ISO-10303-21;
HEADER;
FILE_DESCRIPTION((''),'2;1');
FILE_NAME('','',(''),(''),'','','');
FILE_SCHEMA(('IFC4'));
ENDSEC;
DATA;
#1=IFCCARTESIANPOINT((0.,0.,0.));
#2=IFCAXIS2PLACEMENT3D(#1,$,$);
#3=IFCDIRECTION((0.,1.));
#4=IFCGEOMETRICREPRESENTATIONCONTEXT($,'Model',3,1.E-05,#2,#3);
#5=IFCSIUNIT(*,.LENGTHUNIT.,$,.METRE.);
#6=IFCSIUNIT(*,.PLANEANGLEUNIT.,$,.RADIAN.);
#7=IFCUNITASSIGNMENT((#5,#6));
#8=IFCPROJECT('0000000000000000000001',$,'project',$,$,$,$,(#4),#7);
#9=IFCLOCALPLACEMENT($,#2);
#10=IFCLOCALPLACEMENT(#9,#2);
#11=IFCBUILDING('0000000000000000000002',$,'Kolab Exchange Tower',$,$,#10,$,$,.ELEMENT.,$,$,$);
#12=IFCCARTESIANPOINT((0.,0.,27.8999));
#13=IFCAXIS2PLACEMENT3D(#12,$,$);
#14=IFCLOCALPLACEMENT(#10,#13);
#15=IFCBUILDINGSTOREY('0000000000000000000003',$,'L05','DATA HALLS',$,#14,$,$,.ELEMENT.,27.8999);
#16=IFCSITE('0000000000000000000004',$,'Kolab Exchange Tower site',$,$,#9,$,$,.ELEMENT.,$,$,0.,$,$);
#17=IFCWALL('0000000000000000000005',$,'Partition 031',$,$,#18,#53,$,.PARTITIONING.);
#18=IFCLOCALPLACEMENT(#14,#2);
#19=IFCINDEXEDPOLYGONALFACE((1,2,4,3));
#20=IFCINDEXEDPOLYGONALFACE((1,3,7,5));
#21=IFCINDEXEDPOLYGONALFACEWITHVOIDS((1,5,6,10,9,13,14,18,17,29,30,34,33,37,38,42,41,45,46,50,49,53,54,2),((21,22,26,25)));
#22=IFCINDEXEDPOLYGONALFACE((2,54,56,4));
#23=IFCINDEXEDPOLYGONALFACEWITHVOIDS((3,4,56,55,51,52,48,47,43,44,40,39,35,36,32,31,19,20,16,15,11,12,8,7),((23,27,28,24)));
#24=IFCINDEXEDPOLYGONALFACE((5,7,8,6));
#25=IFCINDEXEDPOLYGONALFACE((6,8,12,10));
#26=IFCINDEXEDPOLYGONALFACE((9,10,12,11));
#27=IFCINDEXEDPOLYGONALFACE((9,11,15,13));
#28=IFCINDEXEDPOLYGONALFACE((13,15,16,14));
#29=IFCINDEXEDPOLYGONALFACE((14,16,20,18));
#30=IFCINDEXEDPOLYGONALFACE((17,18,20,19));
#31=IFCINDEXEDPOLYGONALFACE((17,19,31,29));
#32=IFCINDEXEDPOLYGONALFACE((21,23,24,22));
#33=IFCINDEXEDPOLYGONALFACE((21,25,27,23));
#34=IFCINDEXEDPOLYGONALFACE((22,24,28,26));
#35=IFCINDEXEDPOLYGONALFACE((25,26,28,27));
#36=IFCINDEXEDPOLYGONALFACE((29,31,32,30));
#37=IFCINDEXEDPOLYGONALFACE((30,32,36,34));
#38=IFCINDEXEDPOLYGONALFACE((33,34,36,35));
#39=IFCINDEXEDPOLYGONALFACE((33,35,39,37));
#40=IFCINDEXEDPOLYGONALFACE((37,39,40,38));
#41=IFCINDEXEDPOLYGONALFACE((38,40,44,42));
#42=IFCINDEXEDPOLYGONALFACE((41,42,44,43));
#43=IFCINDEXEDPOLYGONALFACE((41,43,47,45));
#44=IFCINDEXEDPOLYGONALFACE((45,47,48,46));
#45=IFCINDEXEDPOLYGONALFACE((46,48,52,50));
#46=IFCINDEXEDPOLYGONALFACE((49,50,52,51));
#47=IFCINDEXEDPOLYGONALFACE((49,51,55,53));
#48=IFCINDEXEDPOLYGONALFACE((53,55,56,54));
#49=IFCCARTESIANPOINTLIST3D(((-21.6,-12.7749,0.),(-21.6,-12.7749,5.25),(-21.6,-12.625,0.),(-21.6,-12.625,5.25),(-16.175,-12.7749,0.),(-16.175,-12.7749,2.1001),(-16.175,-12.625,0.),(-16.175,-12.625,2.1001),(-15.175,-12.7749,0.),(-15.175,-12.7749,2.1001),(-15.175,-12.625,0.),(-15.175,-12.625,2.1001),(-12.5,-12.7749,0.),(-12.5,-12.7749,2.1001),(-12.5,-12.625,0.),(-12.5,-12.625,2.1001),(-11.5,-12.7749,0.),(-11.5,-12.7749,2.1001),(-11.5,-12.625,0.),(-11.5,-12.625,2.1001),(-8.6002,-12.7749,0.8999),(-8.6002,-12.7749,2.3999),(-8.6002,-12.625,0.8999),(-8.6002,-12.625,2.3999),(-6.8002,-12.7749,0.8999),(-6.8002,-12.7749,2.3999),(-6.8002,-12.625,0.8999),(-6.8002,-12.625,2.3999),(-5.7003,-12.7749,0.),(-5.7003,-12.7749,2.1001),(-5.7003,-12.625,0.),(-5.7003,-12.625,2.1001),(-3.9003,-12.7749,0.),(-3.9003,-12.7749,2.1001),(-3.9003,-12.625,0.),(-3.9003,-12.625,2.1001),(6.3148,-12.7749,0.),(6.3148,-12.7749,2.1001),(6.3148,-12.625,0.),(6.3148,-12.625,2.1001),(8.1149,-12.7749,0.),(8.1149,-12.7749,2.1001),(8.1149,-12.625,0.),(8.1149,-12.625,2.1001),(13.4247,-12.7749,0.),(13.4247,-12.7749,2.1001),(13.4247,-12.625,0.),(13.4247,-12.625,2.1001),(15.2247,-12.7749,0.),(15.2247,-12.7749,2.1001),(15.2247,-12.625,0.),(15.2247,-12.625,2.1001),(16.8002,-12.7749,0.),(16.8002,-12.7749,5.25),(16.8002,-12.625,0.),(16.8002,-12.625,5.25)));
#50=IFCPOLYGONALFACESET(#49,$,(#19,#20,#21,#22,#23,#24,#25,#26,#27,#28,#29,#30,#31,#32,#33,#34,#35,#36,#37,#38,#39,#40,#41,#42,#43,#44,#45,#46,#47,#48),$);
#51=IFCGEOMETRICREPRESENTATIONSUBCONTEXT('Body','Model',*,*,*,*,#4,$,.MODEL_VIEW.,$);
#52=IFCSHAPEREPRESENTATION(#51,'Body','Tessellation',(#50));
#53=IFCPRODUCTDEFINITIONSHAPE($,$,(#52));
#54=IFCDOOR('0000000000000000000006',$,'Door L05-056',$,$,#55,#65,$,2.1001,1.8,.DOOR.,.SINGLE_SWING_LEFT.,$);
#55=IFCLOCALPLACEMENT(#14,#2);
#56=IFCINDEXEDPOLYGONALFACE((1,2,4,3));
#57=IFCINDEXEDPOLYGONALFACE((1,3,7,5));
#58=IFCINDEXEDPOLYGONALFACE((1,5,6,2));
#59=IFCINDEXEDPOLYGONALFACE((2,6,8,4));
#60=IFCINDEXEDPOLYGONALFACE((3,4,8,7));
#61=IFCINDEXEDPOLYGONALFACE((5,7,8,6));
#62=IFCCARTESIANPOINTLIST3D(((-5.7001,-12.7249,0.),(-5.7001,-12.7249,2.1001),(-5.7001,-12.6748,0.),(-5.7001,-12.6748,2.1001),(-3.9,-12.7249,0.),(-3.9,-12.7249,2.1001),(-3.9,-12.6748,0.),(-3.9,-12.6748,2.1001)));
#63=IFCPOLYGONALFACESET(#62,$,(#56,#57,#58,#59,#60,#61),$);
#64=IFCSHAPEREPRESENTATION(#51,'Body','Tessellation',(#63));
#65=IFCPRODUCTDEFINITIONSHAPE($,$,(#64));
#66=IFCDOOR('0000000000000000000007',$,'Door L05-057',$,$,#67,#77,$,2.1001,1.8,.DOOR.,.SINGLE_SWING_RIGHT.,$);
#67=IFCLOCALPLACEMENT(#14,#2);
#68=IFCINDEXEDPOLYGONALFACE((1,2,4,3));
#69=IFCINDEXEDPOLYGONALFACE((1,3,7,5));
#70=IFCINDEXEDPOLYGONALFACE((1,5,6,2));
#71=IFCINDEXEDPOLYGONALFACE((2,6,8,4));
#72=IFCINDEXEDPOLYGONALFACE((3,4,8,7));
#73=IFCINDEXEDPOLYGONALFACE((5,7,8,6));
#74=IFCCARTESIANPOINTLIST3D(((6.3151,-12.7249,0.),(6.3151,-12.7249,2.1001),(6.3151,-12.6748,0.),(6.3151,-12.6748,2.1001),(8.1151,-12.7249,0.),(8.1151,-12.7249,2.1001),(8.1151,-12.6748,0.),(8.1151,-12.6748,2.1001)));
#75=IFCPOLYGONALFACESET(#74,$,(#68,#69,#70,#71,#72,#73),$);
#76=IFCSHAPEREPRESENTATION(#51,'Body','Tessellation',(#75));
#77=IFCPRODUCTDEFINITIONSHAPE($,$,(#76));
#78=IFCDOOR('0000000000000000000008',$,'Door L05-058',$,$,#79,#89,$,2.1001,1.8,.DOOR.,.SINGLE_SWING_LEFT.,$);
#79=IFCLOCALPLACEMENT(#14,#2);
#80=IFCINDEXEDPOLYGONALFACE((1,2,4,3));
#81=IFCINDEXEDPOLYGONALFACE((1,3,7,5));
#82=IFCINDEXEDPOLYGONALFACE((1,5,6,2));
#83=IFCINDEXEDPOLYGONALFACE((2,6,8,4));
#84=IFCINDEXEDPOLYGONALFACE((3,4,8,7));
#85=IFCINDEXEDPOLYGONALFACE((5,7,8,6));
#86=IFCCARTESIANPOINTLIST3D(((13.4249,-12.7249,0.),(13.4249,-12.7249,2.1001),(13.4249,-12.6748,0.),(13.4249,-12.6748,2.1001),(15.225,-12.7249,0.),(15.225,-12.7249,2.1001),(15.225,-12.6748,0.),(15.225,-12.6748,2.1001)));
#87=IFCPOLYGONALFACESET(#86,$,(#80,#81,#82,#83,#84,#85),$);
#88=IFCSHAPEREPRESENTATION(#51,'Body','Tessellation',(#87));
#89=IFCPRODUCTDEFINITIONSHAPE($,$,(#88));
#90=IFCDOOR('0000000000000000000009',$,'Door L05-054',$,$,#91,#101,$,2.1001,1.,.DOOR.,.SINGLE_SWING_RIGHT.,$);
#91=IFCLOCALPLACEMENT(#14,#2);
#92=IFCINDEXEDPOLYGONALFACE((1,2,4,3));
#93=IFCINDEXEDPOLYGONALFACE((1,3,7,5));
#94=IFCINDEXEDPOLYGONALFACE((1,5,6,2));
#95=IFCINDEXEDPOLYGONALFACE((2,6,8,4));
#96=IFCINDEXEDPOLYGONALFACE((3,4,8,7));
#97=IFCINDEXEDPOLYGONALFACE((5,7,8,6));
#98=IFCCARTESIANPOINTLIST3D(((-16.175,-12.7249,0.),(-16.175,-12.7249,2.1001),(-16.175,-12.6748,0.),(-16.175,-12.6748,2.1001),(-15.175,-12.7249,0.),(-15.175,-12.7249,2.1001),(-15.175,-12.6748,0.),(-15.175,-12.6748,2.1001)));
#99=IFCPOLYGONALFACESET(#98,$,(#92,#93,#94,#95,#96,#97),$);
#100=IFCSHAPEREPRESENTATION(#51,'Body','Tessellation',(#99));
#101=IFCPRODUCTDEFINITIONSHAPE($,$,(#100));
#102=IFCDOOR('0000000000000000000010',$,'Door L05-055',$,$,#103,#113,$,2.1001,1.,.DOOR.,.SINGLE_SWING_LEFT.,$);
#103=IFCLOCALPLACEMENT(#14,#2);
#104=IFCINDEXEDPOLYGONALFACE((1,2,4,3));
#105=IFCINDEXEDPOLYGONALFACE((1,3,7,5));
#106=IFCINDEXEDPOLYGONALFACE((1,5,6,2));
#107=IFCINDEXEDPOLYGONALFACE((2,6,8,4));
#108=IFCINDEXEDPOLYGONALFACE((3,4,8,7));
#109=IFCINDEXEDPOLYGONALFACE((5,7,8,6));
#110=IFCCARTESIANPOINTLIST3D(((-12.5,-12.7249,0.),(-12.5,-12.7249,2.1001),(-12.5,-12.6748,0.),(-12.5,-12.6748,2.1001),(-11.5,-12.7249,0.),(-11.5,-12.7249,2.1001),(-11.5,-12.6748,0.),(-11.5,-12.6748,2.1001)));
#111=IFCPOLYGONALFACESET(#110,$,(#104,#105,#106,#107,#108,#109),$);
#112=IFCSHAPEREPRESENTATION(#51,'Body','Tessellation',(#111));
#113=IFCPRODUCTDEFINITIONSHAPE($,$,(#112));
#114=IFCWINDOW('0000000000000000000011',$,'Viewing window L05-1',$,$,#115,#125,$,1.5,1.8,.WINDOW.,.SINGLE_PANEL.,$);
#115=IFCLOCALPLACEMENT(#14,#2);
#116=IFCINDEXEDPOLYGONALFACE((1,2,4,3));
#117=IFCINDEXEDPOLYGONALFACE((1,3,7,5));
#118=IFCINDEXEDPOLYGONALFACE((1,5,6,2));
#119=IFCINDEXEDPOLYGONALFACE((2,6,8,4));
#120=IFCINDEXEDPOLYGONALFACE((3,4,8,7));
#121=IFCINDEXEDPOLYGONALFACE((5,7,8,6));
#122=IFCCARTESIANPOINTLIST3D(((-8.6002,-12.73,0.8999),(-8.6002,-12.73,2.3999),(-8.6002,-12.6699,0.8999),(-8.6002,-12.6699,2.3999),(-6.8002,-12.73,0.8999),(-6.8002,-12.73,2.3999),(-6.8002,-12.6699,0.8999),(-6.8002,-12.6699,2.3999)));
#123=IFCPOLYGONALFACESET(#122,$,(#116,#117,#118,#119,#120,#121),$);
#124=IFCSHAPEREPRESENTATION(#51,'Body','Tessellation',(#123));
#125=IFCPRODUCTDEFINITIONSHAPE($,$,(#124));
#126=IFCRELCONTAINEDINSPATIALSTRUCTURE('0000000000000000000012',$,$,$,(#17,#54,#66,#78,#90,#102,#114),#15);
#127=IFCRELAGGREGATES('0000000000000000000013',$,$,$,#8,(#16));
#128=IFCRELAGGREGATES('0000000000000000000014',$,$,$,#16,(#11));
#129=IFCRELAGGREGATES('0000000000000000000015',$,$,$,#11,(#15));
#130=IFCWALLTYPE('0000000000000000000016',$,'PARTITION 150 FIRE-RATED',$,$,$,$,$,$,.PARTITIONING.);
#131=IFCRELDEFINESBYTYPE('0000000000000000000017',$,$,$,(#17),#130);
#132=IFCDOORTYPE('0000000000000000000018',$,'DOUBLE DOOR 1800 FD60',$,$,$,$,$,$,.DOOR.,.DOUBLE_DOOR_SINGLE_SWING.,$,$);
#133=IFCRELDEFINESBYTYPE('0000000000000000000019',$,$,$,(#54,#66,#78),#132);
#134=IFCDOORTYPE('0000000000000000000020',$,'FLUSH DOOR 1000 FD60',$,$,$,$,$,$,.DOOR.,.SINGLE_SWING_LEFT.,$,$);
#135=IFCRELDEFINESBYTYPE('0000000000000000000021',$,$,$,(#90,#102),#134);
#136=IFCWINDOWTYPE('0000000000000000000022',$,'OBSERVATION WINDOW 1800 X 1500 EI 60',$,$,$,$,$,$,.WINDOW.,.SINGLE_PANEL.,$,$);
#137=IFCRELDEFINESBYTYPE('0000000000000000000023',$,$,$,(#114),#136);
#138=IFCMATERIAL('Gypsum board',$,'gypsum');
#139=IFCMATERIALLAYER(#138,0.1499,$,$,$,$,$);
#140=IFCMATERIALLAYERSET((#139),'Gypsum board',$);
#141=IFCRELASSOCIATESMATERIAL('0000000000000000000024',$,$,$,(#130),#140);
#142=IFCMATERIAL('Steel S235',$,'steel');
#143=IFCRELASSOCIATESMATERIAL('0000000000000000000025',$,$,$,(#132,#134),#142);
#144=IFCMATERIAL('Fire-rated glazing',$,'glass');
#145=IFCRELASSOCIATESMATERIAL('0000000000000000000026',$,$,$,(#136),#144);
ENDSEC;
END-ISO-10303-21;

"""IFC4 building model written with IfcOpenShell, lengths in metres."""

from ifc_helpers import new_model, si_unit, direction, frame, frame_2d, origin, place, context, subcontext, project, spatial, rectangle, extrude, material, layer, layer_set, type_object, element, fill, save


model = new_model("IFC4")

# Units and contexts
model_context = context("Model", 3, precision=1e-05, world=origin(), true_north=direction((0.0, 1.0)))
body_context = subcontext(model_context, "Body", "Model", "MODEL_VIEW")
ifc_project = project(units=[si_unit("LENGTHUNIT", "METRE"), si_unit("PLANEANGLEUNIT", "RADIAN")], contexts=[model_context])

# Site, building, storey
site_placement = place(None, origin())
site = spatial("IfcSite", under=ifc_project, at=site_placement, Name="Kolab Exchange Tower site", CompositionType="ELEMENT", RefElevation=0.0)
building_placement = place(site_placement, origin())
building = spatial("IfcBuilding", under=site, at=building_placement, Name="Kolab Exchange Tower", CompositionType="ELEMENT")
storey_placement = place(building_placement, frame((0.0, 0.0, 27.8999)))
storey = spatial("IfcBuildingStorey", under=building, at=storey_placement, Name="L05", Description="DATA HALLS", CompositionType="ELEMENT", Elevation=27.8999)

# Wall, openings, doors, window
ifc_material_1 = material(Name="Gypsum board", Category="gypsum")
ifc_layer_1 = layer(ifc_material_1, 0.1499)
ifc_layer_set_1 = layer_set([ifc_layer_1], Name="Gypsum board")
wall_type_1 = type_object("IfcWallType", Name="PARTITION 150 FIRE-RATED", PredefinedType="PARTITIONING", material=ifc_layer_set_1)
wall_1_placement = place(storey_placement, frame((-21.6001, -12.7, 0.0), z_axis=(0.0, 0.0, 1.0), x_axis=(1.0, 0.0, 0.0)))
wall_1 = element("IfcWall", 1, at=wall_1_placement, inside=storey, type_object=wall_type_1, Name="Partition 031", PredefinedType="PARTITIONING", context=body_context, shape_type="SweptSolid", body=[
    extrude(rectangle(XDim=38.4001, YDim=0.1499, at=frame_2d((19.2002, 0.0))), origin(), (0.0, 0.0, 1.0), 5.25),
])
opening_1_placement = place(wall_1_placement, frame((5.425, 0.0, 0.0)))
opening_1 = element("IfcOpeningElement", 2, at=opening_1_placement, cuts=wall_1, PredefinedType="OPENING", context=body_context, shape_type="SweptSolid", body=[
    extrude(rectangle(XDim=1.0, YDim=2.1001, at=frame_2d((0.5, 1.05))), frame((0.0, 0.085, 0.0), z_axis=(0.0, -1.0, 0.0), x_axis=(1.0, 0.0, 0.0)), (0.0, 0.0, 1.0), 0.1699),
])
opening_2_placement = place(wall_1_placement, frame((9.1001, 0.0, 0.0)))
opening_2 = element("IfcOpeningElement", 3, at=opening_2_placement, cuts=wall_1, PredefinedType="OPENING", context=body_context, shape_type="SweptSolid", body=[
    extrude(rectangle(XDim=1.0, YDim=2.1001, at=frame_2d((0.5, 1.05))), frame((0.0, 0.085, 0.0), z_axis=(0.0, -1.0, 0.0), x_axis=(1.0, 0.0, 0.0)), (0.0, 0.0, 1.0), 0.1699),
])
opening_3_placement = place(wall_1_placement, frame((15.8999, 0.0, 0.0)))
opening_3 = element("IfcOpeningElement", 4, at=opening_3_placement, cuts=wall_1, PredefinedType="OPENING", context=body_context, shape_type="SweptSolid", body=[
    extrude(rectangle(XDim=1.8, YDim=2.1001, at=frame_2d((0.8999, 1.05))), frame((0.0, 0.085, 0.0), z_axis=(0.0, -1.0, 0.0), x_axis=(1.0, 0.0, 0.0)), (0.0, 0.0, 1.0), 0.1699),
])
opening_4_placement = place(wall_1_placement, frame((27.915, 0.0, 0.0)))
opening_4 = element("IfcOpeningElement", 5, at=opening_4_placement, cuts=wall_1, PredefinedType="OPENING", context=body_context, shape_type="SweptSolid", body=[
    extrude(rectangle(XDim=1.8, YDim=2.1001, at=frame_2d((0.8999, 1.05))), frame((0.0, 0.085, 0.0), z_axis=(0.0, -1.0, 0.0), x_axis=(1.0, 0.0, 0.0)), (0.0, 0.0, 1.0), 0.1699),
])
opening_5_placement = place(wall_1_placement, frame((35.0249, 0.0, 0.0)))
opening_5 = element("IfcOpeningElement", 6, at=opening_5_placement, cuts=wall_1, PredefinedType="OPENING", context=body_context, shape_type="SweptSolid", body=[
    extrude(rectangle(XDim=1.8, YDim=2.1001, at=frame_2d((0.8999, 1.05))), frame((0.0, 0.085, 0.0), z_axis=(0.0, -1.0, 0.0), x_axis=(1.0, 0.0, 0.0)), (0.0, 0.0, 1.0), 0.1699),
])
opening_6_placement = place(wall_1_placement, frame((13.0, 0.0, 0.8999)))
opening_6 = element("IfcOpeningElement", 7, at=opening_6_placement, cuts=wall_1, PredefinedType="OPENING", context=body_context, shape_type="SweptSolid", body=[
    extrude(rectangle(XDim=1.8, YDim=1.5, at=frame_2d((0.8999, 0.75))), frame((0.0, 0.085, 0.0), z_axis=(0.0, -1.0, 0.0), x_axis=(1.0, 0.0, 0.0)), (0.0, 0.0, 1.0), 0.1699),
])
ifc_material_2 = material(Name="Steel S235", Category="steel")
door_type_1 = type_object("IfcDoorType", Name="DOUBLE DOOR 1800 FD60", OperationType="DOUBLE_DOOR_SINGLE_SWING", PredefinedType="DOOR", material=ifc_material_2)
door_1_placement = place(opening_3_placement, frame((1.8, 0.0, 0.0), z_axis=(0.0, 0.0, 1.0), x_axis=(-1.0, 0.0, 0.0)))
door_1 = element("IfcDoor", 8, at=door_1_placement, inside=storey, type_object=door_type_1, Name="Door L05-056", OperationType="SINGLE_SWING_LEFT", OverallHeight=2.1001, OverallWidth=1.8, PredefinedType="DOOR", context=body_context, shape_type="SweptSolid", body=[
    extrude(rectangle(XDim=1.8, YDim=2.1001, at=frame_2d((0.8999, 1.05))), frame((0.0, 0.0249, 0.0), z_axis=(0.0, -1.0, 0.0), x_axis=(1.0, 0.0, 0.0)), (0.0, 0.0, 1.0), 0.05),
])
fill(opening_3, door_1)
door_2_placement = place(opening_4_placement, frame((1.8, 0.0, 0.0), z_axis=(0.0, 0.0, 1.0), x_axis=(-1.0, 0.0, 0.0)))
door_2 = element("IfcDoor", 9, at=door_2_placement, inside=storey, type_object=door_type_1, Name="Door L05-057", OperationType="SINGLE_SWING_RIGHT", OverallHeight=2.1001, OverallWidth=1.8, PredefinedType="DOOR", context=body_context, shape_type="SweptSolid", body=[
    extrude(rectangle(XDim=1.8, YDim=2.1001, at=frame_2d((0.8999, 1.05))), frame((0.0, 0.0249, 0.0), z_axis=(0.0, -1.0, 0.0), x_axis=(1.0, 0.0, 0.0)), (0.0, 0.0, 1.0), 0.05),
])
fill(opening_4, door_2)
door_3_placement = place(opening_5_placement, frame((1.8, 0.0, 0.0), z_axis=(0.0, 0.0, 1.0), x_axis=(-1.0, 0.0, 0.0)))
door_3 = element("IfcDoor", 10, at=door_3_placement, inside=storey, type_object=door_type_1, Name="Door L05-058", OperationType="SINGLE_SWING_LEFT", OverallHeight=2.1001, OverallWidth=1.8, PredefinedType="DOOR", context=body_context, shape_type="SweptSolid", body=[
    extrude(rectangle(XDim=1.8, YDim=2.1001, at=frame_2d((0.8999, 1.05))), frame((0.0, 0.0249, 0.0), z_axis=(0.0, -1.0, 0.0), x_axis=(1.0, 0.0, 0.0)), (0.0, 0.0, 1.0), 0.05),
])
fill(opening_5, door_3)
door_type_2 = type_object("IfcDoorType", Name="FLUSH DOOR 1000 FD60", OperationType="SINGLE_SWING_LEFT", PredefinedType="DOOR", material=ifc_material_2)
door_4_placement = place(opening_1_placement, frame((1.0, 0.0, 0.0), z_axis=(0.0, 0.0, 1.0), x_axis=(-1.0, 0.0, 0.0)))
door_4 = element("IfcDoor", 11, at=door_4_placement, inside=storey, type_object=door_type_2, Name="Door L05-054", OperationType="SINGLE_SWING_RIGHT", OverallHeight=2.1001, OverallWidth=1.0, PredefinedType="DOOR", context=body_context, shape_type="SweptSolid", body=[
    extrude(rectangle(XDim=1.0, YDim=2.1001, at=frame_2d((0.5, 1.05))), frame((0.0, 0.0249, 0.0), z_axis=(0.0, -1.0, 0.0), x_axis=(1.0, 0.0, 0.0)), (0.0, 0.0, 1.0), 0.05),
])
fill(opening_1, door_4)
door_5_placement = place(opening_2_placement, frame((1.0, 0.0, 0.0), z_axis=(0.0, 0.0, 1.0), x_axis=(-1.0, 0.0, 0.0)))
door_5 = element("IfcDoor", 12, at=door_5_placement, inside=storey, type_object=door_type_2, Name="Door L05-055", OperationType="SINGLE_SWING_LEFT", OverallHeight=2.1001, OverallWidth=1.0, PredefinedType="DOOR", context=body_context, shape_type="SweptSolid", body=[
    extrude(rectangle(XDim=1.0, YDim=2.1001, at=frame_2d((0.5, 1.05))), frame((0.0, 0.0249, 0.0), z_axis=(0.0, -1.0, 0.0), x_axis=(1.0, 0.0, 0.0)), (0.0, 0.0, 1.0), 0.05),
])
fill(opening_2, door_5)
ifc_material_3 = material(Name="Fire-rated glazing", Category="glass")
window_type = type_object("IfcWindowType", Name="OBSERVATION WINDOW 1800 X 1500 EI 60", PartitioningType="SINGLE_PANEL", PredefinedType="WINDOW", material=ifc_material_3)
window_placement = place(opening_6_placement, origin())
window = element("IfcWindow", 13, at=window_placement, inside=storey, type_object=window_type, Name="Viewing window L05-1", OverallHeight=1.5, OverallWidth=1.8, PartitioningType="SINGLE_PANEL", PredefinedType="WINDOW", context=body_context, shape_type="SweptSolid", body=[
    extrude(rectangle(XDim=1.8, YDim=1.5, at=frame_2d((0.8999, 0.75))), frame((0.0, 0.03, 0.0), z_axis=(0.0, -1.0, 0.0), x_axis=(1.0, 0.0, 0.0)), (0.0, 0.0, 1.0), 0.0601),
])
fill(opening_6, window)

save(model, "model.ifc")
